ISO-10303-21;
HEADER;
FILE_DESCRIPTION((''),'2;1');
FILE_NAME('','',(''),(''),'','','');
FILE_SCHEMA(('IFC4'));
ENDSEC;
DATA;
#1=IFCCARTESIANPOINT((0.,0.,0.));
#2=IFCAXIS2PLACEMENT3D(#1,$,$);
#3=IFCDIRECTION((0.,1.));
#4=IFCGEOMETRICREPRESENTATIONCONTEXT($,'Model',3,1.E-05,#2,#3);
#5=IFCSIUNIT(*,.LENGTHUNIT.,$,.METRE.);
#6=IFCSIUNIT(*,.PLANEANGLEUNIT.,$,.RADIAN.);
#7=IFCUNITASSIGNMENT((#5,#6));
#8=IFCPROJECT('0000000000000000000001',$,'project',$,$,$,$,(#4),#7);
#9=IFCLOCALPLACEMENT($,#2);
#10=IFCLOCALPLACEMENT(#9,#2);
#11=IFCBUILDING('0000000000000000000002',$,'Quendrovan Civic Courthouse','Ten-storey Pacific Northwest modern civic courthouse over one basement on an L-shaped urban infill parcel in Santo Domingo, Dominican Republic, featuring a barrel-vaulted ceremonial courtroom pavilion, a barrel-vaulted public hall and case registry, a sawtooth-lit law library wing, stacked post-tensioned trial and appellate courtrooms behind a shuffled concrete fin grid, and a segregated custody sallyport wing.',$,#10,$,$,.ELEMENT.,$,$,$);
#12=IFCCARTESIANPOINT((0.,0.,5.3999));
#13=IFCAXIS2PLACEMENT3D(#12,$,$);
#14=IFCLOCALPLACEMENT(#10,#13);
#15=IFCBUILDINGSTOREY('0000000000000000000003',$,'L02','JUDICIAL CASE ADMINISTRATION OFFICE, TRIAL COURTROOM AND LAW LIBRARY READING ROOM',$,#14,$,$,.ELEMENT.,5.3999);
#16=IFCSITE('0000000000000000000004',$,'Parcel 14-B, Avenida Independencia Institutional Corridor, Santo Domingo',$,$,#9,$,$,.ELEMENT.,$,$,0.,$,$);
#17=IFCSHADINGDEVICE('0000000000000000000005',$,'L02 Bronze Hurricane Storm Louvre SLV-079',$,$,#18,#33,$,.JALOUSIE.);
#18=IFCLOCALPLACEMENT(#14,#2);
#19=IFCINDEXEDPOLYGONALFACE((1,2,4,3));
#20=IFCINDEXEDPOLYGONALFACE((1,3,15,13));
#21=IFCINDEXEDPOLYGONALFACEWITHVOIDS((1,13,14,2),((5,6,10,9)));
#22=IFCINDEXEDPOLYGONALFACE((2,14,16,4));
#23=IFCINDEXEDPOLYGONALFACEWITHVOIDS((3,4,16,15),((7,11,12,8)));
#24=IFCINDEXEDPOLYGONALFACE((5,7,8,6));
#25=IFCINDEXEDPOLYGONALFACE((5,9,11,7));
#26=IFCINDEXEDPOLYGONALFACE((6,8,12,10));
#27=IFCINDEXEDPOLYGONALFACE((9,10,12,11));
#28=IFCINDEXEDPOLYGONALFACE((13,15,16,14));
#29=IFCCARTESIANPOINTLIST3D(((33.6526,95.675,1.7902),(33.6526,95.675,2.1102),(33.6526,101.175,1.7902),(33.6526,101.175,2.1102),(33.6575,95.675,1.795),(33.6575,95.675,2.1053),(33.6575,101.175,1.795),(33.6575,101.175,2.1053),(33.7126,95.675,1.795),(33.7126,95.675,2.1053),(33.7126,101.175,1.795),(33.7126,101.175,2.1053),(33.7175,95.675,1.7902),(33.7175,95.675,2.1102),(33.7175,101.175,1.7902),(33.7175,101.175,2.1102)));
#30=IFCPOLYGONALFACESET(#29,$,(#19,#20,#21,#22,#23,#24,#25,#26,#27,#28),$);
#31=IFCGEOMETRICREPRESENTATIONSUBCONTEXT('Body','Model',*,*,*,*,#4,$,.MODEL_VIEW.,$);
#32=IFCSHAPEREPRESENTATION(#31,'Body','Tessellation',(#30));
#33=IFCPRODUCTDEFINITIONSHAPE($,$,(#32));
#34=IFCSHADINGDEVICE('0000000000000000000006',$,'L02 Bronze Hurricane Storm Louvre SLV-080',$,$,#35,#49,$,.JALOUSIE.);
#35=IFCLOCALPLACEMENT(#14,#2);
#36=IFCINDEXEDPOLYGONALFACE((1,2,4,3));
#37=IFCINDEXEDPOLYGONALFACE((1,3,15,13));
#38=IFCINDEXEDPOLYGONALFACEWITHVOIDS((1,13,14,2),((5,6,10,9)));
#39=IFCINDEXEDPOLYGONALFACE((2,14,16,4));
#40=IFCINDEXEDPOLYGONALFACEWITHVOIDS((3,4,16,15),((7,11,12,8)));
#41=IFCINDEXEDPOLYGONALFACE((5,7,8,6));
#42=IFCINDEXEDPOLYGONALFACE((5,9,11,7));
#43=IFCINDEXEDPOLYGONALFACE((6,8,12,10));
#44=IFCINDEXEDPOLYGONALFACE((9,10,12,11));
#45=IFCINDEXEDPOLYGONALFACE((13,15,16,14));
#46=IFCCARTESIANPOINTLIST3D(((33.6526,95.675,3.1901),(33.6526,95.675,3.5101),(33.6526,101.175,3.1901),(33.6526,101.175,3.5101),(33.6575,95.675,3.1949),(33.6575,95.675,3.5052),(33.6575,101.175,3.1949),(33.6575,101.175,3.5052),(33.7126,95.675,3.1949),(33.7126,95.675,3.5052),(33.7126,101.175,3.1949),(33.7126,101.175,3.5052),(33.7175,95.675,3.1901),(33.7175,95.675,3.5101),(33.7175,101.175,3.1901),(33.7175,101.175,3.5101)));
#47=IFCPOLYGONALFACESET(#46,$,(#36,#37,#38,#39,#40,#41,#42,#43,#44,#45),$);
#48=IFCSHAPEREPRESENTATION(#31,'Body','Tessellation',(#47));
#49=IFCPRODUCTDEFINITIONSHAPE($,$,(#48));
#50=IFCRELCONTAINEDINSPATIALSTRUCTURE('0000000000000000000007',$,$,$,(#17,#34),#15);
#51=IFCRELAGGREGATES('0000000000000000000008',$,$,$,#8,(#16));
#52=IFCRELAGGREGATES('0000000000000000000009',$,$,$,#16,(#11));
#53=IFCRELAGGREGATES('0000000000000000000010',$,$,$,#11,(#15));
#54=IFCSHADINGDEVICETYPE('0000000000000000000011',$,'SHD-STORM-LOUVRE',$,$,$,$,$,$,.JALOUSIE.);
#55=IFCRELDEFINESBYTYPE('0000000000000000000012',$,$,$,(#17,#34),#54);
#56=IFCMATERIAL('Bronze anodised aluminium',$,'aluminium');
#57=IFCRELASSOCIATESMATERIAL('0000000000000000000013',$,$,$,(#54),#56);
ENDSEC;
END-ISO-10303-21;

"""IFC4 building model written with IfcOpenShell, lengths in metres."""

from ifc_helpers import new_model, si_unit, direction, frame, origin, origin_2d, place, context, subcontext, project, spatial, hollow_rectangle, extrude, material, material_profile, profile_set, type_object, element, save


model = new_model("IFC4")

# Units and contexts
model_context = context("Model", 3, precision=1e-05, world=origin(), true_north=direction((0.0, 1.0)))
body_context = subcontext(model_context, "Body", "Model", "MODEL_VIEW")
ifc_project = project(units=[si_unit("LENGTHUNIT", "METRE"), si_unit("PLANEANGLEUNIT", "RADIAN")], contexts=[model_context])

# Site, building, storey
site_placement = place(None, origin())
site = spatial("IfcSite", under=ifc_project, at=site_placement, Name="Parcel 14-B, Avenida Independencia Institutional Corridor, Santo Domingo", CompositionType="ELEMENT", RefElevation=0.0)
building_placement = place(site_placement, origin())
building = spatial("IfcBuilding", under=site, at=building_placement, Name="Quendrovan Civic Courthouse", Description="Ten-storey Pacific Northwest modern civic courthouse over one basement on an L-shaped urban infill parcel in Santo Domingo, Dominican Republic, featuring a barrel-vaulted ceremonial courtroom pavilion, a barrel-vaulted public hall and case registry, a sawtooth-lit law library wing, stacked post-tensioned trial and appellate courtrooms behind a shuffled concrete fin grid, and a segregated custody sallyport wing.", CompositionType="ELEMENT")
storey_placement = place(building_placement, frame((0.0, 0.0, 5.3999)))
storey = spatial("IfcBuildingStorey", under=building, at=storey_placement, Name="L02", Description="JUDICIAL CASE ADMINISTRATION OFFICE, TRIAL COURTROOM AND LAW LIBRARY READING ROOM", CompositionType="ELEMENT", Elevation=5.3999)

# Shared definitions
ifc_material_1 = material(Name="Bronze anodised aluminium", Category="aluminium")

# Shading devices
ifc_material_profile_1 = material_profile(ifc_material_1, hollow_rectangle(XDim=0.0649, YDim=0.3201, WallThickness=0.0049, at=origin_2d()), Name="AL-LOUVRE-65x320")
ifc_profile_set_1 = profile_set([ifc_material_profile_1], Name="Bronze anodised aluminium")
shading_device_type = type_object("IfcShadingDeviceType", Name="SHD-STORM-LOUVRE", PredefinedType="JALOUSIE", material=ifc_profile_set_1)
for number, where, z_axis, x_axis, name in (
    (1, (33.6851, 95.675, 1.9502), (0.0, 1.0, 0.0), (-1.0, 0.0, 0.0), "L02 Bronze Hurricane Storm Louvre SLV-079"),
    (2, (33.6851, 95.675, 3.3501), (0.0, 1.0, 0.0), (-1.0, 0.0, 0.0), "L02 Bronze Hurricane Storm Louvre SLV-080"),
):
    element("IfcShadingDevice", number, at=place(storey_placement, frame(where, z_axis=z_axis, x_axis=x_axis)), inside=storey, type_object=shading_device_type, Name=name, PredefinedType="JALOUSIE", context=body_context, shape_type="SweptSolid", body=[
        extrude(hollow_rectangle(XDim=0.0649, YDim=0.3201, WallThickness=0.0049, at=origin_2d()), origin(), (0.0, 0.0, 1.0), 5.5),
    ])

save(model, "model.ifc")
